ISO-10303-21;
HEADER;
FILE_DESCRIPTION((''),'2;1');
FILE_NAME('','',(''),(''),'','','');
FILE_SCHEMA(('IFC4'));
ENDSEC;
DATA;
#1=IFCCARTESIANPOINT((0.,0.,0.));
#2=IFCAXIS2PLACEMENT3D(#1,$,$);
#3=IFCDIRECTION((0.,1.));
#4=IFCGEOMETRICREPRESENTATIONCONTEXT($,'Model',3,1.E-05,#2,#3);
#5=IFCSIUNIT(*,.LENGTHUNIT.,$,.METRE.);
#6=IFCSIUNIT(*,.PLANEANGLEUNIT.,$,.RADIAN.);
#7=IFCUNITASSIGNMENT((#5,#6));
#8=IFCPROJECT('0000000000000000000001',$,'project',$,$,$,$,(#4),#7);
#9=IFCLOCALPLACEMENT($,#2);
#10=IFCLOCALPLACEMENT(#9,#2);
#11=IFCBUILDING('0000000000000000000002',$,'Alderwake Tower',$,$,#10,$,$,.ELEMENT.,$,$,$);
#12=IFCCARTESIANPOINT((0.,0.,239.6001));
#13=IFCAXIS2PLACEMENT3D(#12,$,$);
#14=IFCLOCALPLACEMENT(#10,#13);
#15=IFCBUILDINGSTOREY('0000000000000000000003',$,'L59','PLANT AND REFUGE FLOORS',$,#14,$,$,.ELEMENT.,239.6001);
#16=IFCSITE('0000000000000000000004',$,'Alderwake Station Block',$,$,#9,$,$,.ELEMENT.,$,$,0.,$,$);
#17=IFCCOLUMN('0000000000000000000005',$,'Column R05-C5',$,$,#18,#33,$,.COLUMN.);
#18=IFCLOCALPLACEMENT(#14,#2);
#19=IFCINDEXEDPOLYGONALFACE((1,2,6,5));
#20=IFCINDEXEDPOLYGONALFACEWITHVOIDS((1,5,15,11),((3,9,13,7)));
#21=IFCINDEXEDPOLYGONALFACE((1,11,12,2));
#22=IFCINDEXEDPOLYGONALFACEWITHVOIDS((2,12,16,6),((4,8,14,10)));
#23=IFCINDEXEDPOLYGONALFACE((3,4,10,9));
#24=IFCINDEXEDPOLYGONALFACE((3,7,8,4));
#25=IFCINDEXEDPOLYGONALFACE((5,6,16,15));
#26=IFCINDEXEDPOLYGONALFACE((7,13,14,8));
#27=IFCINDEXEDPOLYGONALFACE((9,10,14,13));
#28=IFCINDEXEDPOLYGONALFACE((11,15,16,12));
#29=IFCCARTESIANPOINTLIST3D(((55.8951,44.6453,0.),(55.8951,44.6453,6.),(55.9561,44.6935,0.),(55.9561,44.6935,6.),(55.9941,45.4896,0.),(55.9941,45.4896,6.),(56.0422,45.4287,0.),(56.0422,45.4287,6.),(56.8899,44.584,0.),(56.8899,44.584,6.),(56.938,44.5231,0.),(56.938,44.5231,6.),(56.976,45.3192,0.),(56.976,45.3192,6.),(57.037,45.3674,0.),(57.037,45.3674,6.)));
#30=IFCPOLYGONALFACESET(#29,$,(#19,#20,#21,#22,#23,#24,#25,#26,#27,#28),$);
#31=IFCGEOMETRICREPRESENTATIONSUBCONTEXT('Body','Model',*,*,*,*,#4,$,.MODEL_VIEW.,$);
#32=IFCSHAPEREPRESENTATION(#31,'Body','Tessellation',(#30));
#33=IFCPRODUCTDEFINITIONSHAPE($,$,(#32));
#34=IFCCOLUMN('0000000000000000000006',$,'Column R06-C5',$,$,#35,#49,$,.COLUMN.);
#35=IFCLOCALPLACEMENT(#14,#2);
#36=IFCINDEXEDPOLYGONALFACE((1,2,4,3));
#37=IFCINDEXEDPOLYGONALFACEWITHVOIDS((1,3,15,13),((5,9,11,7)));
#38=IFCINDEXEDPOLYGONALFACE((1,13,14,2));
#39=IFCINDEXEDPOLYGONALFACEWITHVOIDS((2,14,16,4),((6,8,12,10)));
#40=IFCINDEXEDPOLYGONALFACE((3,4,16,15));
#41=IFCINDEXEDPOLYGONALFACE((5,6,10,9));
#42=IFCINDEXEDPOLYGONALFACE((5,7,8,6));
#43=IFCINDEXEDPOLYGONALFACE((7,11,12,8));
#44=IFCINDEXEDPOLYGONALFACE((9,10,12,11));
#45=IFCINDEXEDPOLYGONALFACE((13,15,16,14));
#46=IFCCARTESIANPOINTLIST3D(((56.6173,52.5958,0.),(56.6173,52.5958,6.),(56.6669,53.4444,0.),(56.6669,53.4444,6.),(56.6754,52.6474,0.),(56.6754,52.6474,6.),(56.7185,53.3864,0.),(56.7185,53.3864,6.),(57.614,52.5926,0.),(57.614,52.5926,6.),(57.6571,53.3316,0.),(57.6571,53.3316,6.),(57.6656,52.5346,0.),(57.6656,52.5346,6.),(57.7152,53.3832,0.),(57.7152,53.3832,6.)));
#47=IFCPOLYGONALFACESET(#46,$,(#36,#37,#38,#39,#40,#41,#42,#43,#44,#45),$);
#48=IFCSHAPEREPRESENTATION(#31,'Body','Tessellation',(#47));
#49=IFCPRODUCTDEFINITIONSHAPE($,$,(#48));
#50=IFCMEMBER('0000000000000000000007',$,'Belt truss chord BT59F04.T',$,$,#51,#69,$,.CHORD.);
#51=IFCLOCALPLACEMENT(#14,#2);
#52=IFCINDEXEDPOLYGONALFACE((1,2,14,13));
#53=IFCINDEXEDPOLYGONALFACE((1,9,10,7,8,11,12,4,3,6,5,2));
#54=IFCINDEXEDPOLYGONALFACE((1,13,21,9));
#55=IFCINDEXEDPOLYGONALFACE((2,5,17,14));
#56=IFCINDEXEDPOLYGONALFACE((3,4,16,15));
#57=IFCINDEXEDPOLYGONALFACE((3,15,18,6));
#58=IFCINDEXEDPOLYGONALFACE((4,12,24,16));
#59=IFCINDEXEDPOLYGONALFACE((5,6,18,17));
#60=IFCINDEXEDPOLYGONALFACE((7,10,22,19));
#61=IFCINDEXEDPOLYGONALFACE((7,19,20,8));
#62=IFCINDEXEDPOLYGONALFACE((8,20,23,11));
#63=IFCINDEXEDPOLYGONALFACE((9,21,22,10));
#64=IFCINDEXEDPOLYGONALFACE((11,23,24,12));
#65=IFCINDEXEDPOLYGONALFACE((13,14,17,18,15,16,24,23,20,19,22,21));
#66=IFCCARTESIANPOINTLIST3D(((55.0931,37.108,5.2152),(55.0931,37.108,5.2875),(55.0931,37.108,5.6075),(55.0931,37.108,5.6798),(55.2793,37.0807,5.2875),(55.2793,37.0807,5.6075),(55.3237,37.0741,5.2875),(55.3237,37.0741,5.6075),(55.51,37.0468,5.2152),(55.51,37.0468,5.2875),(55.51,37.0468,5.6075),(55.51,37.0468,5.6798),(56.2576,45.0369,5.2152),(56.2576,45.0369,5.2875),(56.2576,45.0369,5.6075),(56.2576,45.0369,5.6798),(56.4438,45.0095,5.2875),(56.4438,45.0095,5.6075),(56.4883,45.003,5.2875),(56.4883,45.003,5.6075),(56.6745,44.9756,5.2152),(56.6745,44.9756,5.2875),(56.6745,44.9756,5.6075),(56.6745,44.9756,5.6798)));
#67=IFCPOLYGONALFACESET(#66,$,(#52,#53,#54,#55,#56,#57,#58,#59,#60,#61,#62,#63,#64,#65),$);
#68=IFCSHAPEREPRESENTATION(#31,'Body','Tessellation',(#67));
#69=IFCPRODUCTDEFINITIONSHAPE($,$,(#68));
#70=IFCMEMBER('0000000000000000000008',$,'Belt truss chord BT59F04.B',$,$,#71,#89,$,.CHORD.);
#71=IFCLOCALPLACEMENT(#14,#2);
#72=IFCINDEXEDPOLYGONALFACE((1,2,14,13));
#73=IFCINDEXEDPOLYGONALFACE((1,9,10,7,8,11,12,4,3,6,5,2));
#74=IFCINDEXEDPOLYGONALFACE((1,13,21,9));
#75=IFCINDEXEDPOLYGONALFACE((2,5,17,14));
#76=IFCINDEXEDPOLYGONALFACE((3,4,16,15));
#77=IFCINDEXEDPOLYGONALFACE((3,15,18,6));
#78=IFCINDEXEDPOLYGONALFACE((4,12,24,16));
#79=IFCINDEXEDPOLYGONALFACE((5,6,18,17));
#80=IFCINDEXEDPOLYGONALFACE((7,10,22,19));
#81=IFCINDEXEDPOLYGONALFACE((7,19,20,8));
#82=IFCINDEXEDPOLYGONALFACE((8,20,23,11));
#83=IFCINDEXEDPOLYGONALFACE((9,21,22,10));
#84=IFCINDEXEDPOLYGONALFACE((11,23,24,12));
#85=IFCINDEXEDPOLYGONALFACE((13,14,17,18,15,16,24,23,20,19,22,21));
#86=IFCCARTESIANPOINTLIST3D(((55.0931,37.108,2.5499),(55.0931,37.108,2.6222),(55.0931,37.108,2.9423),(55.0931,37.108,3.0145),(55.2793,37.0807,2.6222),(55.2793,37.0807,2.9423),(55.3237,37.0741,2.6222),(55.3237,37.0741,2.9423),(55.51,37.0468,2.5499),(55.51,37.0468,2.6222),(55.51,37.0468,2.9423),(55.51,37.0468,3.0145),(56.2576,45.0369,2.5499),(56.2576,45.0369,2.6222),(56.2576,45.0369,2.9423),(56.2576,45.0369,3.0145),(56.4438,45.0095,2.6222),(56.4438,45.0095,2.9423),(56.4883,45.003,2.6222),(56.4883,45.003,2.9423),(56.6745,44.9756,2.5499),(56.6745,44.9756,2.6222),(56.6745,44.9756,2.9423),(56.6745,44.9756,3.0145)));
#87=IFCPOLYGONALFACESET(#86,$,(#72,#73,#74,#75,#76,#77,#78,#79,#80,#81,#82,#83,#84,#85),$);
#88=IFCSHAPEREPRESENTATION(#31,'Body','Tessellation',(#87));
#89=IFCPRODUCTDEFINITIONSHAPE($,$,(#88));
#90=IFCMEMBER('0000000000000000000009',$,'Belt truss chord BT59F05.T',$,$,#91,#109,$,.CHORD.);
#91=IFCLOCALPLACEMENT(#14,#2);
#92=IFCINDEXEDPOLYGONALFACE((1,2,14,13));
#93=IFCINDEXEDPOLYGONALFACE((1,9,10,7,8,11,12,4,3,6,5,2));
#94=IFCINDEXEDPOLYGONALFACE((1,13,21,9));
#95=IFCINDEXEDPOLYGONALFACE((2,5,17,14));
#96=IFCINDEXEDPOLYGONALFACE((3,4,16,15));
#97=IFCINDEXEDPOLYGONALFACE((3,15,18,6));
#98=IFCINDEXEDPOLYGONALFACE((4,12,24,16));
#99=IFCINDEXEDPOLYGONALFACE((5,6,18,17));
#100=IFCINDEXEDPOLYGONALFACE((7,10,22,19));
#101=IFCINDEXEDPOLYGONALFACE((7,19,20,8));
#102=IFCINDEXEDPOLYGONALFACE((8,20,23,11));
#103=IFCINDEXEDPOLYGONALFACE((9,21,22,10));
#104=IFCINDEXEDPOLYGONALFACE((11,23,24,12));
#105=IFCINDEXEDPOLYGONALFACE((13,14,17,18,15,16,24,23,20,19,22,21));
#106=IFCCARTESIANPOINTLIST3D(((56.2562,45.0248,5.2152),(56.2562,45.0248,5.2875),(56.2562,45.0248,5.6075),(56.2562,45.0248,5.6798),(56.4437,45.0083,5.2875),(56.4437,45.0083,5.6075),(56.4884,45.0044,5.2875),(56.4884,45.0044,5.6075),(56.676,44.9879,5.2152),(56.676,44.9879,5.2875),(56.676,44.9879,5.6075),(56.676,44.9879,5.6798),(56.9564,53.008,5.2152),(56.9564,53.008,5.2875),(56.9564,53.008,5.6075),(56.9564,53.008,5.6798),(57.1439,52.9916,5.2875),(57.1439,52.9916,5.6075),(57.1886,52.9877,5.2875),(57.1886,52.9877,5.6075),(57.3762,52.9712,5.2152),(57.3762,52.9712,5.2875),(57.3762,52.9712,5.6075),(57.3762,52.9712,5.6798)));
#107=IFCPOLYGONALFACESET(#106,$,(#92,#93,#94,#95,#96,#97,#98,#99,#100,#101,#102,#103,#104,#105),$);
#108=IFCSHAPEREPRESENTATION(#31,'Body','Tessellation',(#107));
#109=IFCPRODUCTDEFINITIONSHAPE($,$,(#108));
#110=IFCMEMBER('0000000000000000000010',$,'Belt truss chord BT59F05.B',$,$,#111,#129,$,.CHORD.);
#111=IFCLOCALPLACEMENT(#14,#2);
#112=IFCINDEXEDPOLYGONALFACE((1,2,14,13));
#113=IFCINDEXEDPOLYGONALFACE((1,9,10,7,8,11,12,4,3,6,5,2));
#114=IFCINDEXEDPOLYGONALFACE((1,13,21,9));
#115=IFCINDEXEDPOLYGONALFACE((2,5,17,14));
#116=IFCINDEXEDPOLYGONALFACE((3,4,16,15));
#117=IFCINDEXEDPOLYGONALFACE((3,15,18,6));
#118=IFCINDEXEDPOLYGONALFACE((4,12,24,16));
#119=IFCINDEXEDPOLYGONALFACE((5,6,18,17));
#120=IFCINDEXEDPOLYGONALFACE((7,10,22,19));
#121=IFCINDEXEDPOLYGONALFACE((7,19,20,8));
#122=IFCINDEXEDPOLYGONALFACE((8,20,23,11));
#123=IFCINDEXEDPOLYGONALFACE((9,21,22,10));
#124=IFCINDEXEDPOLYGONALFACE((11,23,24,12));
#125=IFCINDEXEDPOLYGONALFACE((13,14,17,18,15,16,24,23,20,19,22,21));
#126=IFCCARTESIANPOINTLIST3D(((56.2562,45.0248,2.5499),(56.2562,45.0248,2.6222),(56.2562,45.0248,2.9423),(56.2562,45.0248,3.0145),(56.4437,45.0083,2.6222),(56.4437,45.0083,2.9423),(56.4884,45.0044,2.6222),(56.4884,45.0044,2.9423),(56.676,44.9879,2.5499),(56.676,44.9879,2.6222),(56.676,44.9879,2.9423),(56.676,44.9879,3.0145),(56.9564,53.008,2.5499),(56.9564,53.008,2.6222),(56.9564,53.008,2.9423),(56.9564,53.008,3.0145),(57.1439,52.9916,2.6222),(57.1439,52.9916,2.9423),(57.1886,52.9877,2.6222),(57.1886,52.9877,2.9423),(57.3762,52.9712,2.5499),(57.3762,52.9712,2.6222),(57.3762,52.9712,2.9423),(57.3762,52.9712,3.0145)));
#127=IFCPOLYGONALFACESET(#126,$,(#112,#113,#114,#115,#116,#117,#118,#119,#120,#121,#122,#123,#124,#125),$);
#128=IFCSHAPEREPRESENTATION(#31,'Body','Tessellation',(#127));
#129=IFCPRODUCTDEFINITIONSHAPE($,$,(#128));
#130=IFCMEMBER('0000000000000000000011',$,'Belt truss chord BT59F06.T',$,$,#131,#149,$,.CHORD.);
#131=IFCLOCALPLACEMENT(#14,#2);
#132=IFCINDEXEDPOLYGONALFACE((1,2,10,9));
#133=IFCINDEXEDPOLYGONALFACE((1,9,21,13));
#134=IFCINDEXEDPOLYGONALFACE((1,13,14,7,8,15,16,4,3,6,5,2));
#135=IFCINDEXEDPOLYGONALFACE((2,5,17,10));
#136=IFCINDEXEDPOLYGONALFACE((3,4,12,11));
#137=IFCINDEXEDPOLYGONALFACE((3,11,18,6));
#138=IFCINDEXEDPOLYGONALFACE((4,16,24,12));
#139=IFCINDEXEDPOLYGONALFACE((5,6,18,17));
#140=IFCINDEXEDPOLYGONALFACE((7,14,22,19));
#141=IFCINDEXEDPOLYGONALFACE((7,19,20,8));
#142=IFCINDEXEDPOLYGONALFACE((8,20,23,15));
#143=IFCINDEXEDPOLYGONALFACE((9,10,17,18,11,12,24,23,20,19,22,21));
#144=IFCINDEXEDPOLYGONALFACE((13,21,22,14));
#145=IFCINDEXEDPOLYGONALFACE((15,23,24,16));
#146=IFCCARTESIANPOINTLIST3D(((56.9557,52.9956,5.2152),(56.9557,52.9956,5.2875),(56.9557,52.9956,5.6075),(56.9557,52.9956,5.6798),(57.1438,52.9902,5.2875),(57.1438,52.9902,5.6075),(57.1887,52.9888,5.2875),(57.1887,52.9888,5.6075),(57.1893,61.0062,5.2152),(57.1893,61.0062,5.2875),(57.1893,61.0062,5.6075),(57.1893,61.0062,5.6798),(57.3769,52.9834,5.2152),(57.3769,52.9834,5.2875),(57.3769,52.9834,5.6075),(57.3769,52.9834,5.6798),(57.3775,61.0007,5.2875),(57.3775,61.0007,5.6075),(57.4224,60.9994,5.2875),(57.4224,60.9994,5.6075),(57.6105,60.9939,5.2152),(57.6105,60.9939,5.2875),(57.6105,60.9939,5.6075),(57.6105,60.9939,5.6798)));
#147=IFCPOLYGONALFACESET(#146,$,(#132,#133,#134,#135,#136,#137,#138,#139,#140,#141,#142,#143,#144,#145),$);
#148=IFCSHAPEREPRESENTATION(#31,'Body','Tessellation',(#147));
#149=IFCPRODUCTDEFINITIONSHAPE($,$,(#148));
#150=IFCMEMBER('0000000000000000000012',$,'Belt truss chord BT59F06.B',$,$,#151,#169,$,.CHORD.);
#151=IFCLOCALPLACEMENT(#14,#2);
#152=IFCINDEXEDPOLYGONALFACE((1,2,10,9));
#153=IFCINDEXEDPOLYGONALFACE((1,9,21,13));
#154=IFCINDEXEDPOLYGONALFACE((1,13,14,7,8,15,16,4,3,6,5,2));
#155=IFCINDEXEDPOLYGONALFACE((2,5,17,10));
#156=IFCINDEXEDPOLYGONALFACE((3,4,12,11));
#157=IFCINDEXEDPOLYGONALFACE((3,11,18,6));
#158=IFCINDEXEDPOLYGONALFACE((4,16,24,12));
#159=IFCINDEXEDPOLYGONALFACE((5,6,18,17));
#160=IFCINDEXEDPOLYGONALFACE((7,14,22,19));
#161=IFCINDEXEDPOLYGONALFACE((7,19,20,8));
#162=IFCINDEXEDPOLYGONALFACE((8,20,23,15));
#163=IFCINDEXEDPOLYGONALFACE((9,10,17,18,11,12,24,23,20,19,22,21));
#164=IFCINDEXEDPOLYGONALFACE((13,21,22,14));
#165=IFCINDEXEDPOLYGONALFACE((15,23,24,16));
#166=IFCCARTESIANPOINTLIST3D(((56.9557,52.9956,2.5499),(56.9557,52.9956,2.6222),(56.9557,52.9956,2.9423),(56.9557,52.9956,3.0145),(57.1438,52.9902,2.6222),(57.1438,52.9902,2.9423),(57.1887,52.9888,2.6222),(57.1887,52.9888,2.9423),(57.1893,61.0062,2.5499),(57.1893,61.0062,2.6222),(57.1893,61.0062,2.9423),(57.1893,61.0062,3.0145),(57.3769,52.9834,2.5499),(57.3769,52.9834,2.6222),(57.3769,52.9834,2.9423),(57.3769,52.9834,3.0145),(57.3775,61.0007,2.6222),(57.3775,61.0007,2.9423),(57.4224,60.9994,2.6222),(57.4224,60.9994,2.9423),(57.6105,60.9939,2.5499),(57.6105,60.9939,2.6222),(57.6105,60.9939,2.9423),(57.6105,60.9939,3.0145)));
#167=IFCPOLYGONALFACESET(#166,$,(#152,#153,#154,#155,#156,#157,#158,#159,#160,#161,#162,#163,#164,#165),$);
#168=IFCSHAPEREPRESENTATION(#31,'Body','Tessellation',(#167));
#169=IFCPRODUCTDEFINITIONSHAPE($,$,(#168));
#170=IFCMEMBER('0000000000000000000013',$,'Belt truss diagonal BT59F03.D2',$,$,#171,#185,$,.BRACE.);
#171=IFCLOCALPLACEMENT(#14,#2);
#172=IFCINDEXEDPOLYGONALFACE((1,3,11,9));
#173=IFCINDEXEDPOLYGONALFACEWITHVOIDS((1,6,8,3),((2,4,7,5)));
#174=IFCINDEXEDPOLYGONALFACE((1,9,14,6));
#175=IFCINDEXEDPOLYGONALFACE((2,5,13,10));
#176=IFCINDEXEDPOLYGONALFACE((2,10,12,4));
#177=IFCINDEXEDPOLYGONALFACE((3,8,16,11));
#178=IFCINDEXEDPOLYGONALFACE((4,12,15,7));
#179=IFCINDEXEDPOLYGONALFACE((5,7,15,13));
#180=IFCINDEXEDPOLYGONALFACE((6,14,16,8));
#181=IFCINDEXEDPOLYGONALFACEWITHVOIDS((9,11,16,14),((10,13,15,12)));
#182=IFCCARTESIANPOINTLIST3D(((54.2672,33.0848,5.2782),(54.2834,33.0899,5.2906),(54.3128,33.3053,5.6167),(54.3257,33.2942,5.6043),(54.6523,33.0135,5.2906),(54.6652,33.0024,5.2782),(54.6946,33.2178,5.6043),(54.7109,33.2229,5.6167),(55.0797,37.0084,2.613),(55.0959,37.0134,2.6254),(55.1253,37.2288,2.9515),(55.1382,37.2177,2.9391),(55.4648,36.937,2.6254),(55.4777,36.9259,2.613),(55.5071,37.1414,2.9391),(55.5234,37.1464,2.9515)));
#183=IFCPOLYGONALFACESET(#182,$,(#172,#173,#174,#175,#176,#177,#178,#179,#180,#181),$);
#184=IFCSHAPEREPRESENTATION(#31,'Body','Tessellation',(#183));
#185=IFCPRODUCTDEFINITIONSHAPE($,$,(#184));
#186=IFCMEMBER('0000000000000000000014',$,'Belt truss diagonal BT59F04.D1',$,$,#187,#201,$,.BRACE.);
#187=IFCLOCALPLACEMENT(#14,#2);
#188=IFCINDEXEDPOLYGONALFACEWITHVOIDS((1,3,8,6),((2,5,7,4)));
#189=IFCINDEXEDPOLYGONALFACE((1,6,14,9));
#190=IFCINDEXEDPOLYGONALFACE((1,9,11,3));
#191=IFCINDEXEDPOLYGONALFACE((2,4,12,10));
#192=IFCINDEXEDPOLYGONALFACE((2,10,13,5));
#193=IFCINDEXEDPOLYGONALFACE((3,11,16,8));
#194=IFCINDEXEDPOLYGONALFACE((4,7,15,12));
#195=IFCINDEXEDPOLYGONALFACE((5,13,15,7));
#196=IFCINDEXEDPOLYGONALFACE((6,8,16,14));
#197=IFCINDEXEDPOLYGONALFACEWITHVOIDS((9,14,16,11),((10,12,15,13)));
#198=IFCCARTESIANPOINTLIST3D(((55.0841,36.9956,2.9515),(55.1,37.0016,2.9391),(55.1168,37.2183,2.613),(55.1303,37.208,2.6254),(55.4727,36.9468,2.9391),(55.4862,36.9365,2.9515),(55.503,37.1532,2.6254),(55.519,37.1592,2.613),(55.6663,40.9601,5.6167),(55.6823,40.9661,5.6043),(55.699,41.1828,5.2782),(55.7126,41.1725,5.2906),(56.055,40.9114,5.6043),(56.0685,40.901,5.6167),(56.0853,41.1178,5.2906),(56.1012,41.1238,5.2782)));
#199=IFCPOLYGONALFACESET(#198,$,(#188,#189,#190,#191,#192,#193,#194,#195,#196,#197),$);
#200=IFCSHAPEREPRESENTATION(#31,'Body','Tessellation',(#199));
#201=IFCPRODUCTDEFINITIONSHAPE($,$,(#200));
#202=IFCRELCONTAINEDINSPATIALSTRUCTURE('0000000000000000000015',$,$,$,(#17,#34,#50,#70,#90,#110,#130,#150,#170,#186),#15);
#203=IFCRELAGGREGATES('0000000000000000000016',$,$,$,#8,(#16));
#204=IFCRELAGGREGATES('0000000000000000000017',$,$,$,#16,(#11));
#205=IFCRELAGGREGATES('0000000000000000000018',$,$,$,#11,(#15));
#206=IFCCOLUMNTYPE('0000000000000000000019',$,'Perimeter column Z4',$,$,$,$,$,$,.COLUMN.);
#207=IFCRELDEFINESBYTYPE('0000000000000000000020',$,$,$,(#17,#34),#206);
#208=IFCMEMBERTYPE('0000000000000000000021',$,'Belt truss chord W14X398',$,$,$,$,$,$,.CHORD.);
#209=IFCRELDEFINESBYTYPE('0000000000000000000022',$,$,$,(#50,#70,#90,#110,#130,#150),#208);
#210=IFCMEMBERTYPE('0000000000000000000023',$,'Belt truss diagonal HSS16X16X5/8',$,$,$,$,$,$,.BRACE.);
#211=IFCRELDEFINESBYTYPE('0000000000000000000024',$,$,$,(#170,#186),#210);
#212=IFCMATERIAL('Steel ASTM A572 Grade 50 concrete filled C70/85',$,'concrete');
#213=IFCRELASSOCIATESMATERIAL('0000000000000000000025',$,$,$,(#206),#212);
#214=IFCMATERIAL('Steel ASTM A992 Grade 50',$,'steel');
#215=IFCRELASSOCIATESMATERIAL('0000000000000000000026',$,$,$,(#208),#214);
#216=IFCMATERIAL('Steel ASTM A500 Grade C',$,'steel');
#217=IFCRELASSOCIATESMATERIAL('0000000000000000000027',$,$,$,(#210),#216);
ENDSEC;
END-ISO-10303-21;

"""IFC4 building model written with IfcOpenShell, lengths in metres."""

from ifc_helpers import new_model, si_unit, direction, frame, origin, origin_2d, place, context, subcontext, project, spatial, hollow_rectangle, i_section, extrude, material, material_profile, profile_set, type_object, element, save


model = new_model("IFC4")

# Units and contexts
model_context = context("Model", 3, precision=1e-05, world=origin(), true_north=direction((0.0, 1.0)))
body_context = subcontext(model_context, "Body", "Model", "MODEL_VIEW")
ifc_project = project(units=[si_unit("LENGTHUNIT", "METRE"), si_unit("PLANEANGLEUNIT", "RADIAN")], contexts=[model_context])

# Site, building, storey
site_placement = place(None, origin())
site = spatial("IfcSite", under=ifc_project, at=site_placement, Name="Alderwake Station Block", CompositionType="ELEMENT", RefElevation=0.0)
building_placement = place(site_placement, origin())
building = spatial("IfcBuilding", under=site, at=building_placement, Name="Alderwake Tower", CompositionType="ELEMENT")
storey_placement = place(building_placement, frame((0.0, 0.0, 239.6001)))
storey = spatial("IfcBuildingStorey", under=building, at=storey_placement, Name="L59", Description="PLANT AND REFUGE FLOORS", CompositionType="ELEMENT", Elevation=239.6001)

# Columns
ifc_material_1 = material(Name="Steel ASTM A572 Grade 50 concrete filled C70/85", Category="concrete")
ifc_material_profile_1 = material_profile(ifc_material_1, hollow_rectangle(XDim=0.8501, YDim=1.05, WallThickness=0.0549, at=origin_2d()), Name="BOX 1050X850X55")
ifc_profile_set_1 = profile_set([ifc_material_profile_1], Name="Steel ASTM A572 Grade 50 concrete filled C70/85")
column_type = type_object("IfcColumnType", Name="Perimeter column Z4", PredefinedType="COLUMN", material=ifc_profile_set_1)
for number, where, z_axis, x_axis, name in (
    (1, (56.4661, 45.0063, 0.0), (0.0, 0.0, 1.0), (0.116402, 0.993202, 0.0), "Column R05-C5"),
    (2, (57.1663, 52.9895, 0.0), (0.0, 0.0, 1.0), (0.058301, 0.998299, 0.0), "Column R06-C5"),
):
    element("IfcColumn", number, at=place(storey_placement, frame(where, z_axis=z_axis, x_axis=x_axis)), inside=storey, type_object=column_type, Name=name, PredefinedType="COLUMN", context=body_context, shape_type="SweptSolid", body=[
        extrude(hollow_rectangle(XDim=0.8501, YDim=1.05, WallThickness=0.0549, at=origin_2d()), origin(), (0.0, 0.0, 1.0), 6.0),
    ])

# Members
ifc_material_2 = material(Name="Steel ASTM A992 Grade 50", Category="steel")
ifc_material_profile_2 = material_profile(ifc_material_2, i_section(OverallWidth=0.4214, OverallDepth=0.4646, WebThickness=0.0449, FlangeThickness=0.0723, at=origin_2d()), Name="W14X398")
ifc_profile_set_2 = profile_set([ifc_material_profile_2], Name="Steel ASTM A992 Grade 50")
member_type_1 = type_object("IfcMemberType", Name="Belt truss chord W14X398", PredefinedType="CHORD", material=ifc_profile_set_2)
for number, where, z_axis, x_axis, name in (
    (3, (55.3015, 37.0774, 5.4475), (0.145314, 0.989386, 0.0), (-0.989386, 0.145314, 0.0), "Belt truss chord BT59F04.T"),
    (4, (55.3015, 37.0774, 2.7822), (0.145314, 0.989386, 0.0), (-0.989386, 0.145314, 0.0), "Belt truss chord BT59F04.B"),
    (5, (56.4661, 45.0063, 5.4475), (0.087374, 0.996176, 0.0), (-0.996176, 0.087374, 0.0), "Belt truss chord BT59F05.T"),
    (6, (56.4661, 45.0063, 2.7822), (0.087374, 0.996176, 0.0), (-0.996176, 0.087374, 0.0), "Belt truss chord BT59F05.B"),
    (7, (57.1663, 52.9895, 5.4475), (0.029155, 0.999575, 0.0), (-0.999575, 0.029155, 0.0), "Belt truss chord BT59F06.T"),
    (8, (57.1663, 52.9895, 2.7822), (0.029155, 0.999575, 0.0), (-0.999575, 0.029155, 0.0), "Belt truss chord BT59F06.B"),
):
    element("IfcMember", number, at=place(storey_placement, frame(where, z_axis=z_axis, x_axis=x_axis)), inside=storey, type_object=member_type_1, Name=name, PredefinedType="CHORD", context=body_context, shape_type="SweptSolid", body=[
        extrude(i_section(OverallWidth=0.4214, OverallDepth=0.4646, WebThickness=0.0449, FlangeThickness=0.0723, at=origin_2d()), origin(), (0.0, 0.0, 1.0), 8.0139),
    ])
ifc_material_3 = material(Name="Steel ASTM A500 Grade C", Category="steel")
ifc_material_profile_3 = material_profile(ifc_material_3, hollow_rectangle(XDim=0.4065, YDim=0.4065, WallThickness=0.0149, at=origin_2d()), Name="HSS16X16X5/8")
ifc_profile_set_3 = profile_set([ifc_material_profile_3], Name="Steel ASTM A500 Grade C")
member_type_2 = type_object("IfcMemberType", Name="Belt truss diagonal HSS16X16X5/8", PredefinedType="BRACE", material=ifc_profile_set_3)
member_1_placement = place(storey_placement, frame((55.3015, 37.0774, 2.7822), z_axis=(-0.168838, -0.815321, 0.553846), x_axis=(0.979225, -0.202779, 0.0)))
element("IfcMember", 9, at=member_1_placement, inside=storey, type_object=member_type_2, Name="Belt truss diagonal BT59F03.D2", PredefinedType="BRACE", context=body_context, shape_type="SweptSolid", body=[
    extrude(hollow_rectangle(XDim=0.4065, YDim=0.4065, WallThickness=0.0149, at=origin_2d()), origin(), (0.0, 0.0, 1.0), 4.8123),
])
member_2_placement = place(storey_placement, frame((55.3015, 37.0774, 2.7822), z_axis=(0.120991, 0.823801, 0.553817), x_axis=(-0.989386, 0.14531, 0.0)))
element("IfcMember", 10, at=member_2_placement, inside=storey, type_object=member_type_2, Name="Belt truss diagonal BT59F04.D1", PredefinedType="BRACE", context=body_context, shape_type="SweptSolid", body=[
    extrude(hollow_rectangle(XDim=0.4065, YDim=0.4065, WallThickness=0.0149, at=origin_2d()), origin(), (0.0, 0.0, 1.0), 4.8125),
])

save(model, "model.ifc")
